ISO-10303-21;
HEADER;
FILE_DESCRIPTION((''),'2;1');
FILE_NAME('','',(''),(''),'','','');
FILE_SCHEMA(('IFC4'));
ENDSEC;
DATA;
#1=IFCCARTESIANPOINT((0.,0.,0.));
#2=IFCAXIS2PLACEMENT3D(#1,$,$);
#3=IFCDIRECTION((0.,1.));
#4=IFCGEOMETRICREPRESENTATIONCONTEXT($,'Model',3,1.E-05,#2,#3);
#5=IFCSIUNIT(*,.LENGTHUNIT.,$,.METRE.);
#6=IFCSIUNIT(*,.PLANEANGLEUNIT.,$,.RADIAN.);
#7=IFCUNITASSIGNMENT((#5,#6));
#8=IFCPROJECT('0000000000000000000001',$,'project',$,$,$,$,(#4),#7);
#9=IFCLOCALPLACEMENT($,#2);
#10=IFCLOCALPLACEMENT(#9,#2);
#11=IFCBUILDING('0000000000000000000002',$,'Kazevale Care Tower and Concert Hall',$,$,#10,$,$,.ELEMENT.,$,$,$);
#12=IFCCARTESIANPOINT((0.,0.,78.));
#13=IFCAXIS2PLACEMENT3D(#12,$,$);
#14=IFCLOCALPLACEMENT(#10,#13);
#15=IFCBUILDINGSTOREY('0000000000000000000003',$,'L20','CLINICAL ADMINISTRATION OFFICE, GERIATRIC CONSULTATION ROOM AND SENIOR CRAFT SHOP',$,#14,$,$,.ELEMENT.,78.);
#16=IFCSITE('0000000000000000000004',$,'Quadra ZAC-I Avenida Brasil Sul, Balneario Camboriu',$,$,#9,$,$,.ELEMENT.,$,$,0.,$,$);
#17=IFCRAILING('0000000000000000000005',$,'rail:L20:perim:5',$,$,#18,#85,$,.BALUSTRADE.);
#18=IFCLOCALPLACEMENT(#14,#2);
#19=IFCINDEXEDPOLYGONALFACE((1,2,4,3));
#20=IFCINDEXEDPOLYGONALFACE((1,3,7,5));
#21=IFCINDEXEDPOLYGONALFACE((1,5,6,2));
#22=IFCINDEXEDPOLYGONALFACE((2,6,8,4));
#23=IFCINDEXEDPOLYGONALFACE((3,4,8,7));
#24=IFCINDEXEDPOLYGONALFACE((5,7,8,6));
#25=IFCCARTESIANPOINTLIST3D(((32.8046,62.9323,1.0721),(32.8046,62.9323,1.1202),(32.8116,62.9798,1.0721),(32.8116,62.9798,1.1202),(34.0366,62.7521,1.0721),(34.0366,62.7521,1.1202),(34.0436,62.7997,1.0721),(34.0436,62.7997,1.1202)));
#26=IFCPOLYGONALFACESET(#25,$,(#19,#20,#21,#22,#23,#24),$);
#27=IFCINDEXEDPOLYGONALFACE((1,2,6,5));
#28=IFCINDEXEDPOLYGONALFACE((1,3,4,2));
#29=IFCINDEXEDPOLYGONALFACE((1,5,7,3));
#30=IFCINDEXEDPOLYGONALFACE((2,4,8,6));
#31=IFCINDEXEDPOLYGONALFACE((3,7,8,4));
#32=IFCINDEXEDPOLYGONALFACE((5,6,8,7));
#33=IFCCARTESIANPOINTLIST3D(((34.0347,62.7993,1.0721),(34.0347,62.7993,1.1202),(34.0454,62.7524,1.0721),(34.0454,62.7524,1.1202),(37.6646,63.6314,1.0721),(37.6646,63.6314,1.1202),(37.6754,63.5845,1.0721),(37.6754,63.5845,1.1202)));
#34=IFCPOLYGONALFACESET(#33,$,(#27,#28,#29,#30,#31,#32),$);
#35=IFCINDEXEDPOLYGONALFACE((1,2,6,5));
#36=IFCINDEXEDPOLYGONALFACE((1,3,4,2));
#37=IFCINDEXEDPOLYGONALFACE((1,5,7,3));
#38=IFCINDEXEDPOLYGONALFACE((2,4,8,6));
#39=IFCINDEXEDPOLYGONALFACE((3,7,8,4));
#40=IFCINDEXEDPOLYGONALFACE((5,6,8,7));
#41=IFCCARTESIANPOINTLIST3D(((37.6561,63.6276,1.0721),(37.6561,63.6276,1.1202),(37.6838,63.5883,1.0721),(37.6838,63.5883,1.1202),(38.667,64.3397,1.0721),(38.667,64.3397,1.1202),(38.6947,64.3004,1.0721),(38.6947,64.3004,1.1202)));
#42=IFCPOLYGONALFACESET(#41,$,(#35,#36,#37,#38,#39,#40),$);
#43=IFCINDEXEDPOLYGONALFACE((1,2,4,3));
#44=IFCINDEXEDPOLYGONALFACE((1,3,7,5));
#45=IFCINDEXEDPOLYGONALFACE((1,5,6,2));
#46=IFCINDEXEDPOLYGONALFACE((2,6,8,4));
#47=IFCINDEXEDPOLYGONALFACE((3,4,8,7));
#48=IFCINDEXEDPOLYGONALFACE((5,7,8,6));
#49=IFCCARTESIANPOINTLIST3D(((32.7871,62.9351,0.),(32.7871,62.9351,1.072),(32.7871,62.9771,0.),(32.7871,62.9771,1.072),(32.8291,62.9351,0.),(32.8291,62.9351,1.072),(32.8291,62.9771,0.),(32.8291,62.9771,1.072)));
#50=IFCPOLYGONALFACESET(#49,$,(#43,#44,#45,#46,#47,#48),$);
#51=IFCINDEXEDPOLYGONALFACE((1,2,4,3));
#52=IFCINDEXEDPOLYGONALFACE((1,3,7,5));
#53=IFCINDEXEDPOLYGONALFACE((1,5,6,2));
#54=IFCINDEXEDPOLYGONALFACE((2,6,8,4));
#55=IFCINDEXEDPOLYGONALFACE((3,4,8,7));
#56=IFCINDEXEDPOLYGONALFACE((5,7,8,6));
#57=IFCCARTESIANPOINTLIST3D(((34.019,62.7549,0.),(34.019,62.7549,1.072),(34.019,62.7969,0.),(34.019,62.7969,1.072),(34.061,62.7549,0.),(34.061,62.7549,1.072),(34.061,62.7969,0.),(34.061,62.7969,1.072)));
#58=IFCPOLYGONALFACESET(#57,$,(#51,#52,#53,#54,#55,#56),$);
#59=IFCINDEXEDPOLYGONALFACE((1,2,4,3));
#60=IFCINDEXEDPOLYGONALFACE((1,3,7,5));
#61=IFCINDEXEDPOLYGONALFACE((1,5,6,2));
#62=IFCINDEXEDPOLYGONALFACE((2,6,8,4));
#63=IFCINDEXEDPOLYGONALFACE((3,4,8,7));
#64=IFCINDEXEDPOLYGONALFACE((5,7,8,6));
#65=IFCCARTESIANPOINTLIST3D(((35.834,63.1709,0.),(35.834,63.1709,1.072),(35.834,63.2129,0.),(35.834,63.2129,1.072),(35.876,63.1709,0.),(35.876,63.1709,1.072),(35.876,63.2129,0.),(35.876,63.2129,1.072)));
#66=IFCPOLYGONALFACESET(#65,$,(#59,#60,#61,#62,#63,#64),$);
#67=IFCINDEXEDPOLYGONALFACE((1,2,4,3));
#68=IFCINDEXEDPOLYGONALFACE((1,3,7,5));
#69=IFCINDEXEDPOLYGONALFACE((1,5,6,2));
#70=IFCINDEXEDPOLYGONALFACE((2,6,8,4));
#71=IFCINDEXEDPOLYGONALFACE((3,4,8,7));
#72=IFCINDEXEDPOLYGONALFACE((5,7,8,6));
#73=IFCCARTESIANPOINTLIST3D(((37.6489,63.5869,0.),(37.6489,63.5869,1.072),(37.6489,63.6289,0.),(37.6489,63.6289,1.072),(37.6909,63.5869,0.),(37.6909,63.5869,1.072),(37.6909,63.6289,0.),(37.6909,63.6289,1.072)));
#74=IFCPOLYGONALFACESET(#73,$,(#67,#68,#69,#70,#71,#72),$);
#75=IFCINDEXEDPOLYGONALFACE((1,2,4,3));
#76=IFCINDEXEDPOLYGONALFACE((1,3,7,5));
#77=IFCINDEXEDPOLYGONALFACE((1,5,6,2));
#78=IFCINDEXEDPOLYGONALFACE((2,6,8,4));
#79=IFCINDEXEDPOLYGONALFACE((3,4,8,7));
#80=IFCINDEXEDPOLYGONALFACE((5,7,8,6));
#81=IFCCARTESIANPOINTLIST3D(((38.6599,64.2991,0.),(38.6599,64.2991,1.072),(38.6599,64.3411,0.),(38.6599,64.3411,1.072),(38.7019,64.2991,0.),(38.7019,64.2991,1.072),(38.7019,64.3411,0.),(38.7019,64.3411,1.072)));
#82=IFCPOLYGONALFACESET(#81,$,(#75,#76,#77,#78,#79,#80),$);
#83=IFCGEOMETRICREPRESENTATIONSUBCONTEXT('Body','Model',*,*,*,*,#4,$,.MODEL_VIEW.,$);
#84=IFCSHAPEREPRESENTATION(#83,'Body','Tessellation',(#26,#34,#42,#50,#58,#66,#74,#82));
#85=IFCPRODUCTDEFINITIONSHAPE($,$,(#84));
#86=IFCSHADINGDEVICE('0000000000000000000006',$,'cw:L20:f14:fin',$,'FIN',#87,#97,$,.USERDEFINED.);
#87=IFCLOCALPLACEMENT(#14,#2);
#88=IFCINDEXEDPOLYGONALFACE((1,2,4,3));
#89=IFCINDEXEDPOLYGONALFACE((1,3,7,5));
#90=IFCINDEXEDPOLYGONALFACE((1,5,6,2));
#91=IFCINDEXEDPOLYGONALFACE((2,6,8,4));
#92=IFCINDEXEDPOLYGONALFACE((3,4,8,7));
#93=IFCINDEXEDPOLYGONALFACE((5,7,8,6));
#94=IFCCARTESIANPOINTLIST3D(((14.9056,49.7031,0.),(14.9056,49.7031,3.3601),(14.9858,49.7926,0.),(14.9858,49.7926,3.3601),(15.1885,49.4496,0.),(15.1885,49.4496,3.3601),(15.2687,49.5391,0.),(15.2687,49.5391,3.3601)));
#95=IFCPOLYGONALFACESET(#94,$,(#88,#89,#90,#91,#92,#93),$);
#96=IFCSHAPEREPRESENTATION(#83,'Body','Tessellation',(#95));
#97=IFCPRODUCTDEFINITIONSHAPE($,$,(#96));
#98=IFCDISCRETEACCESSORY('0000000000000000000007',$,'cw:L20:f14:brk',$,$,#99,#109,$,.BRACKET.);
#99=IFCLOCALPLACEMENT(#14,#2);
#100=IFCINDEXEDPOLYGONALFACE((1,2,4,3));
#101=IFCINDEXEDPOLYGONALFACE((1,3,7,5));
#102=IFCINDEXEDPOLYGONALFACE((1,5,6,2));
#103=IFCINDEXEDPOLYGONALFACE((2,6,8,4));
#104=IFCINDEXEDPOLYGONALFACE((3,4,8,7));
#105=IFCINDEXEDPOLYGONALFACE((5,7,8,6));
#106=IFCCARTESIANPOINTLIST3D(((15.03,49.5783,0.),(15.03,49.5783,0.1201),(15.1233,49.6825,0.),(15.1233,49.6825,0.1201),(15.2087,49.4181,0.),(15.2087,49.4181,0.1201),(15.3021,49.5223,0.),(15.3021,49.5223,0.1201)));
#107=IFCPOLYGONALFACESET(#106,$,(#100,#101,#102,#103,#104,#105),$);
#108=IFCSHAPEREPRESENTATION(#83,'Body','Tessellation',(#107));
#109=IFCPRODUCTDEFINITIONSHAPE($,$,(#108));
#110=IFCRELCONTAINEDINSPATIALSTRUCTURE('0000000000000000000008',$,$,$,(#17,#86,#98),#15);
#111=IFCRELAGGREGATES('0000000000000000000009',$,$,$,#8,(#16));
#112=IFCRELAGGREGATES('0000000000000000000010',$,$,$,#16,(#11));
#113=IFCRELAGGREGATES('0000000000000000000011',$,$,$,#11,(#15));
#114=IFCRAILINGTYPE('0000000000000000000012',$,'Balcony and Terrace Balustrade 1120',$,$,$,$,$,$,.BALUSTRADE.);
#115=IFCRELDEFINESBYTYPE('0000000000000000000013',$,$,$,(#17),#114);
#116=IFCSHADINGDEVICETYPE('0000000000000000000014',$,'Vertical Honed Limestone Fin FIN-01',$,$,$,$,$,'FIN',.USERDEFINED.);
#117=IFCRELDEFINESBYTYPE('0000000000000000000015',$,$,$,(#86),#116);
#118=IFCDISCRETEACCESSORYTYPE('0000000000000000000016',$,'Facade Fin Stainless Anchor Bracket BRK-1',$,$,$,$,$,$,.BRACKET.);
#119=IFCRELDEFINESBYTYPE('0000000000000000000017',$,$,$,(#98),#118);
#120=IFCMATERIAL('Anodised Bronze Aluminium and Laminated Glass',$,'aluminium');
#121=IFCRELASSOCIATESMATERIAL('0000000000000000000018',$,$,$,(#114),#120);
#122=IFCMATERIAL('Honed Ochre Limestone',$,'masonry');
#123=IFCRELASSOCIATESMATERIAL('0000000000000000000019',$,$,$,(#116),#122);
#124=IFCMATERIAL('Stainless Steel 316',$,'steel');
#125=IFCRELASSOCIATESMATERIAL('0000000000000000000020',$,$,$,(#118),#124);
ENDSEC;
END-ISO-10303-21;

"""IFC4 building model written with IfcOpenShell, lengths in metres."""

from ifc_helpers import new_model, si_unit, direction, frame, origin, origin_2d, place, context, subcontext, project, spatial, rectangle, extrude, material, type_object, element, save


model = new_model("IFC4")

# Units and contexts
model_context = context("Model", 3, precision=1e-05, world=origin(), true_north=direction((0.0, 1.0)))
body_context = subcontext(model_context, "Body", "Model", "MODEL_VIEW")
ifc_project = project(units=[si_unit("LENGTHUNIT", "METRE"), si_unit("PLANEANGLEUNIT", "RADIAN")], contexts=[model_context])

# Site, building, storey
site_placement = place(None, origin())
site = spatial("IfcSite", under=ifc_project, at=site_placement, Name="Quadra ZAC-I Avenida Brasil Sul, Balneario Camboriu", CompositionType="ELEMENT", RefElevation=0.0)
building_placement = place(site_placement, origin())
building = spatial("IfcBuilding", under=site, at=building_placement, Name="Kazevale Care Tower and Concert Hall", CompositionType="ELEMENT")
storey_placement = place(building_placement, frame((0.0, 0.0, 78.0)))
storey = spatial("IfcBuildingStorey", under=building, at=storey_placement, Name="L20", Description="CLINICAL ADMINISTRATION OFFICE, GERIATRIC CONSULTATION ROOM AND SENIOR CRAFT SHOP", CompositionType="ELEMENT", Elevation=78.0)

# Railing
ifc_material_1 = material(Name="Anodised Bronze Aluminium and Laminated Glass", Category="aluminium")
railing_type = type_object("IfcRailingType", Name="Balcony and Terrace Balustrade 1120", PredefinedType="BALUSTRADE", material=ifc_material_1)
railing_1_placement = place(storey_placement, frame((32.8081, 62.9561, 0.0)))
element("IfcRailing", 1, at=railing_1_placement, inside=storey, type_object=railing_type, Name="rail:L20:perim:5", PredefinedType="BALUSTRADE", context=body_context, shape_type="SweptSolid", body=[
    extrude(rectangle(XDim=0.0481, YDim=0.0481, at=origin_2d()), frame((0.0, 0.0, 1.0962), z_axis=(0.989473, -0.144715, 0.0), x_axis=(0.144715, 0.989473, 0.0)), (0.0, 0.0, 1.0), 1.2451),
    extrude(rectangle(XDim=0.0481, YDim=0.0481, at=origin_2d()), frame((1.2319, -0.1802, 1.0962), z_axis=(0.974722, 0.223423, 0.0), x_axis=(-0.223423, 0.974722, 0.0)), (0.0, 0.0, 1.0), 3.7241),
    extrude(rectangle(XDim=0.0481, YDim=0.0481, at=origin_2d()), frame((4.8618, 0.6519, 1.0962), z_axis=(0.817531, 0.575885, 0.0), x_axis=(-0.575885, 0.817531, 0.0)), (0.0, 0.0, 1.0), 1.2366),
    extrude(rectangle(XDim=0.042, YDim=0.042, at=origin_2d()), origin(), (0.0, 0.0, 1.0), 1.072),
    extrude(rectangle(XDim=0.042, YDim=0.042, at=origin_2d()), frame((1.2319, -0.1802, 0.0)), (0.0, 0.0, 1.0), 1.072),
    extrude(rectangle(XDim=0.042, YDim=0.042, at=origin_2d()), frame((3.0469, 0.2358, 0.0)), (0.0, 0.0, 1.0), 1.072),
    extrude(rectangle(XDim=0.042, YDim=0.042, at=origin_2d()), frame((4.8618, 0.6519, 0.0)), (0.0, 0.0, 1.0), 1.072),
    extrude(rectangle(XDim=0.042, YDim=0.042, at=origin_2d()), frame((5.8728, 1.364, 0.0)), (0.0, 0.0, 1.0), 1.072),
])

# Shading device
ifc_material_2 = material(Name="Honed Ochre Limestone", Category="masonry")
shading_device_type = type_object("IfcShadingDeviceType", Name="Vertical Honed Limestone Fin FIN-01", ElementType="FIN", PredefinedType="USERDEFINED", material=ifc_material_2)
shading_device_placement = place(storey_placement, frame((15.0872, 49.6211, 0.0), z_axis=(0.0, 0.0, 1.0), x_axis=(-0.744778, 0.667313, 0.0)))
element("IfcShadingDevice", 2, at=shading_device_placement, inside=storey, type_object=shading_device_type, Name="cw:L20:f14:fin", ObjectType="FIN", PredefinedType="USERDEFINED", context=body_context, shape_type="SweptSolid", body=[
    extrude(rectangle(XDim=0.3799, YDim=0.1201, at=origin_2d()), origin(), (0.0, 0.0, 1.0), 3.3601),
])

# Discrete accessory
ifc_material_3 = material(Name="Stainless Steel 316", Category="steel")
discrete_accessory_type = type_object("IfcDiscreteAccessoryType", Name="Facade Fin Stainless Anchor Bracket BRK-1", PredefinedType="BRACKET", material=ifc_material_3)
discrete_accessory_placement = place(storey_placement, frame((15.166, 49.5503, 0.0), z_axis=(0.0, 0.0, 1.0), x_axis=(-0.744778, 0.667313, 0.0)))
element("IfcDiscreteAccessory", 3, at=discrete_accessory_placement, inside=storey, type_object=discrete_accessory_type, Name="cw:L20:f14:brk", PredefinedType="BRACKET", context=body_context, shape_type="SweptSolid", body=[
    extrude(rectangle(XDim=0.24, YDim=0.1399, at=origin_2d()), origin(), (0.0, 0.0, 1.0), 0.1201),
])

save(model, "model.ifc")
